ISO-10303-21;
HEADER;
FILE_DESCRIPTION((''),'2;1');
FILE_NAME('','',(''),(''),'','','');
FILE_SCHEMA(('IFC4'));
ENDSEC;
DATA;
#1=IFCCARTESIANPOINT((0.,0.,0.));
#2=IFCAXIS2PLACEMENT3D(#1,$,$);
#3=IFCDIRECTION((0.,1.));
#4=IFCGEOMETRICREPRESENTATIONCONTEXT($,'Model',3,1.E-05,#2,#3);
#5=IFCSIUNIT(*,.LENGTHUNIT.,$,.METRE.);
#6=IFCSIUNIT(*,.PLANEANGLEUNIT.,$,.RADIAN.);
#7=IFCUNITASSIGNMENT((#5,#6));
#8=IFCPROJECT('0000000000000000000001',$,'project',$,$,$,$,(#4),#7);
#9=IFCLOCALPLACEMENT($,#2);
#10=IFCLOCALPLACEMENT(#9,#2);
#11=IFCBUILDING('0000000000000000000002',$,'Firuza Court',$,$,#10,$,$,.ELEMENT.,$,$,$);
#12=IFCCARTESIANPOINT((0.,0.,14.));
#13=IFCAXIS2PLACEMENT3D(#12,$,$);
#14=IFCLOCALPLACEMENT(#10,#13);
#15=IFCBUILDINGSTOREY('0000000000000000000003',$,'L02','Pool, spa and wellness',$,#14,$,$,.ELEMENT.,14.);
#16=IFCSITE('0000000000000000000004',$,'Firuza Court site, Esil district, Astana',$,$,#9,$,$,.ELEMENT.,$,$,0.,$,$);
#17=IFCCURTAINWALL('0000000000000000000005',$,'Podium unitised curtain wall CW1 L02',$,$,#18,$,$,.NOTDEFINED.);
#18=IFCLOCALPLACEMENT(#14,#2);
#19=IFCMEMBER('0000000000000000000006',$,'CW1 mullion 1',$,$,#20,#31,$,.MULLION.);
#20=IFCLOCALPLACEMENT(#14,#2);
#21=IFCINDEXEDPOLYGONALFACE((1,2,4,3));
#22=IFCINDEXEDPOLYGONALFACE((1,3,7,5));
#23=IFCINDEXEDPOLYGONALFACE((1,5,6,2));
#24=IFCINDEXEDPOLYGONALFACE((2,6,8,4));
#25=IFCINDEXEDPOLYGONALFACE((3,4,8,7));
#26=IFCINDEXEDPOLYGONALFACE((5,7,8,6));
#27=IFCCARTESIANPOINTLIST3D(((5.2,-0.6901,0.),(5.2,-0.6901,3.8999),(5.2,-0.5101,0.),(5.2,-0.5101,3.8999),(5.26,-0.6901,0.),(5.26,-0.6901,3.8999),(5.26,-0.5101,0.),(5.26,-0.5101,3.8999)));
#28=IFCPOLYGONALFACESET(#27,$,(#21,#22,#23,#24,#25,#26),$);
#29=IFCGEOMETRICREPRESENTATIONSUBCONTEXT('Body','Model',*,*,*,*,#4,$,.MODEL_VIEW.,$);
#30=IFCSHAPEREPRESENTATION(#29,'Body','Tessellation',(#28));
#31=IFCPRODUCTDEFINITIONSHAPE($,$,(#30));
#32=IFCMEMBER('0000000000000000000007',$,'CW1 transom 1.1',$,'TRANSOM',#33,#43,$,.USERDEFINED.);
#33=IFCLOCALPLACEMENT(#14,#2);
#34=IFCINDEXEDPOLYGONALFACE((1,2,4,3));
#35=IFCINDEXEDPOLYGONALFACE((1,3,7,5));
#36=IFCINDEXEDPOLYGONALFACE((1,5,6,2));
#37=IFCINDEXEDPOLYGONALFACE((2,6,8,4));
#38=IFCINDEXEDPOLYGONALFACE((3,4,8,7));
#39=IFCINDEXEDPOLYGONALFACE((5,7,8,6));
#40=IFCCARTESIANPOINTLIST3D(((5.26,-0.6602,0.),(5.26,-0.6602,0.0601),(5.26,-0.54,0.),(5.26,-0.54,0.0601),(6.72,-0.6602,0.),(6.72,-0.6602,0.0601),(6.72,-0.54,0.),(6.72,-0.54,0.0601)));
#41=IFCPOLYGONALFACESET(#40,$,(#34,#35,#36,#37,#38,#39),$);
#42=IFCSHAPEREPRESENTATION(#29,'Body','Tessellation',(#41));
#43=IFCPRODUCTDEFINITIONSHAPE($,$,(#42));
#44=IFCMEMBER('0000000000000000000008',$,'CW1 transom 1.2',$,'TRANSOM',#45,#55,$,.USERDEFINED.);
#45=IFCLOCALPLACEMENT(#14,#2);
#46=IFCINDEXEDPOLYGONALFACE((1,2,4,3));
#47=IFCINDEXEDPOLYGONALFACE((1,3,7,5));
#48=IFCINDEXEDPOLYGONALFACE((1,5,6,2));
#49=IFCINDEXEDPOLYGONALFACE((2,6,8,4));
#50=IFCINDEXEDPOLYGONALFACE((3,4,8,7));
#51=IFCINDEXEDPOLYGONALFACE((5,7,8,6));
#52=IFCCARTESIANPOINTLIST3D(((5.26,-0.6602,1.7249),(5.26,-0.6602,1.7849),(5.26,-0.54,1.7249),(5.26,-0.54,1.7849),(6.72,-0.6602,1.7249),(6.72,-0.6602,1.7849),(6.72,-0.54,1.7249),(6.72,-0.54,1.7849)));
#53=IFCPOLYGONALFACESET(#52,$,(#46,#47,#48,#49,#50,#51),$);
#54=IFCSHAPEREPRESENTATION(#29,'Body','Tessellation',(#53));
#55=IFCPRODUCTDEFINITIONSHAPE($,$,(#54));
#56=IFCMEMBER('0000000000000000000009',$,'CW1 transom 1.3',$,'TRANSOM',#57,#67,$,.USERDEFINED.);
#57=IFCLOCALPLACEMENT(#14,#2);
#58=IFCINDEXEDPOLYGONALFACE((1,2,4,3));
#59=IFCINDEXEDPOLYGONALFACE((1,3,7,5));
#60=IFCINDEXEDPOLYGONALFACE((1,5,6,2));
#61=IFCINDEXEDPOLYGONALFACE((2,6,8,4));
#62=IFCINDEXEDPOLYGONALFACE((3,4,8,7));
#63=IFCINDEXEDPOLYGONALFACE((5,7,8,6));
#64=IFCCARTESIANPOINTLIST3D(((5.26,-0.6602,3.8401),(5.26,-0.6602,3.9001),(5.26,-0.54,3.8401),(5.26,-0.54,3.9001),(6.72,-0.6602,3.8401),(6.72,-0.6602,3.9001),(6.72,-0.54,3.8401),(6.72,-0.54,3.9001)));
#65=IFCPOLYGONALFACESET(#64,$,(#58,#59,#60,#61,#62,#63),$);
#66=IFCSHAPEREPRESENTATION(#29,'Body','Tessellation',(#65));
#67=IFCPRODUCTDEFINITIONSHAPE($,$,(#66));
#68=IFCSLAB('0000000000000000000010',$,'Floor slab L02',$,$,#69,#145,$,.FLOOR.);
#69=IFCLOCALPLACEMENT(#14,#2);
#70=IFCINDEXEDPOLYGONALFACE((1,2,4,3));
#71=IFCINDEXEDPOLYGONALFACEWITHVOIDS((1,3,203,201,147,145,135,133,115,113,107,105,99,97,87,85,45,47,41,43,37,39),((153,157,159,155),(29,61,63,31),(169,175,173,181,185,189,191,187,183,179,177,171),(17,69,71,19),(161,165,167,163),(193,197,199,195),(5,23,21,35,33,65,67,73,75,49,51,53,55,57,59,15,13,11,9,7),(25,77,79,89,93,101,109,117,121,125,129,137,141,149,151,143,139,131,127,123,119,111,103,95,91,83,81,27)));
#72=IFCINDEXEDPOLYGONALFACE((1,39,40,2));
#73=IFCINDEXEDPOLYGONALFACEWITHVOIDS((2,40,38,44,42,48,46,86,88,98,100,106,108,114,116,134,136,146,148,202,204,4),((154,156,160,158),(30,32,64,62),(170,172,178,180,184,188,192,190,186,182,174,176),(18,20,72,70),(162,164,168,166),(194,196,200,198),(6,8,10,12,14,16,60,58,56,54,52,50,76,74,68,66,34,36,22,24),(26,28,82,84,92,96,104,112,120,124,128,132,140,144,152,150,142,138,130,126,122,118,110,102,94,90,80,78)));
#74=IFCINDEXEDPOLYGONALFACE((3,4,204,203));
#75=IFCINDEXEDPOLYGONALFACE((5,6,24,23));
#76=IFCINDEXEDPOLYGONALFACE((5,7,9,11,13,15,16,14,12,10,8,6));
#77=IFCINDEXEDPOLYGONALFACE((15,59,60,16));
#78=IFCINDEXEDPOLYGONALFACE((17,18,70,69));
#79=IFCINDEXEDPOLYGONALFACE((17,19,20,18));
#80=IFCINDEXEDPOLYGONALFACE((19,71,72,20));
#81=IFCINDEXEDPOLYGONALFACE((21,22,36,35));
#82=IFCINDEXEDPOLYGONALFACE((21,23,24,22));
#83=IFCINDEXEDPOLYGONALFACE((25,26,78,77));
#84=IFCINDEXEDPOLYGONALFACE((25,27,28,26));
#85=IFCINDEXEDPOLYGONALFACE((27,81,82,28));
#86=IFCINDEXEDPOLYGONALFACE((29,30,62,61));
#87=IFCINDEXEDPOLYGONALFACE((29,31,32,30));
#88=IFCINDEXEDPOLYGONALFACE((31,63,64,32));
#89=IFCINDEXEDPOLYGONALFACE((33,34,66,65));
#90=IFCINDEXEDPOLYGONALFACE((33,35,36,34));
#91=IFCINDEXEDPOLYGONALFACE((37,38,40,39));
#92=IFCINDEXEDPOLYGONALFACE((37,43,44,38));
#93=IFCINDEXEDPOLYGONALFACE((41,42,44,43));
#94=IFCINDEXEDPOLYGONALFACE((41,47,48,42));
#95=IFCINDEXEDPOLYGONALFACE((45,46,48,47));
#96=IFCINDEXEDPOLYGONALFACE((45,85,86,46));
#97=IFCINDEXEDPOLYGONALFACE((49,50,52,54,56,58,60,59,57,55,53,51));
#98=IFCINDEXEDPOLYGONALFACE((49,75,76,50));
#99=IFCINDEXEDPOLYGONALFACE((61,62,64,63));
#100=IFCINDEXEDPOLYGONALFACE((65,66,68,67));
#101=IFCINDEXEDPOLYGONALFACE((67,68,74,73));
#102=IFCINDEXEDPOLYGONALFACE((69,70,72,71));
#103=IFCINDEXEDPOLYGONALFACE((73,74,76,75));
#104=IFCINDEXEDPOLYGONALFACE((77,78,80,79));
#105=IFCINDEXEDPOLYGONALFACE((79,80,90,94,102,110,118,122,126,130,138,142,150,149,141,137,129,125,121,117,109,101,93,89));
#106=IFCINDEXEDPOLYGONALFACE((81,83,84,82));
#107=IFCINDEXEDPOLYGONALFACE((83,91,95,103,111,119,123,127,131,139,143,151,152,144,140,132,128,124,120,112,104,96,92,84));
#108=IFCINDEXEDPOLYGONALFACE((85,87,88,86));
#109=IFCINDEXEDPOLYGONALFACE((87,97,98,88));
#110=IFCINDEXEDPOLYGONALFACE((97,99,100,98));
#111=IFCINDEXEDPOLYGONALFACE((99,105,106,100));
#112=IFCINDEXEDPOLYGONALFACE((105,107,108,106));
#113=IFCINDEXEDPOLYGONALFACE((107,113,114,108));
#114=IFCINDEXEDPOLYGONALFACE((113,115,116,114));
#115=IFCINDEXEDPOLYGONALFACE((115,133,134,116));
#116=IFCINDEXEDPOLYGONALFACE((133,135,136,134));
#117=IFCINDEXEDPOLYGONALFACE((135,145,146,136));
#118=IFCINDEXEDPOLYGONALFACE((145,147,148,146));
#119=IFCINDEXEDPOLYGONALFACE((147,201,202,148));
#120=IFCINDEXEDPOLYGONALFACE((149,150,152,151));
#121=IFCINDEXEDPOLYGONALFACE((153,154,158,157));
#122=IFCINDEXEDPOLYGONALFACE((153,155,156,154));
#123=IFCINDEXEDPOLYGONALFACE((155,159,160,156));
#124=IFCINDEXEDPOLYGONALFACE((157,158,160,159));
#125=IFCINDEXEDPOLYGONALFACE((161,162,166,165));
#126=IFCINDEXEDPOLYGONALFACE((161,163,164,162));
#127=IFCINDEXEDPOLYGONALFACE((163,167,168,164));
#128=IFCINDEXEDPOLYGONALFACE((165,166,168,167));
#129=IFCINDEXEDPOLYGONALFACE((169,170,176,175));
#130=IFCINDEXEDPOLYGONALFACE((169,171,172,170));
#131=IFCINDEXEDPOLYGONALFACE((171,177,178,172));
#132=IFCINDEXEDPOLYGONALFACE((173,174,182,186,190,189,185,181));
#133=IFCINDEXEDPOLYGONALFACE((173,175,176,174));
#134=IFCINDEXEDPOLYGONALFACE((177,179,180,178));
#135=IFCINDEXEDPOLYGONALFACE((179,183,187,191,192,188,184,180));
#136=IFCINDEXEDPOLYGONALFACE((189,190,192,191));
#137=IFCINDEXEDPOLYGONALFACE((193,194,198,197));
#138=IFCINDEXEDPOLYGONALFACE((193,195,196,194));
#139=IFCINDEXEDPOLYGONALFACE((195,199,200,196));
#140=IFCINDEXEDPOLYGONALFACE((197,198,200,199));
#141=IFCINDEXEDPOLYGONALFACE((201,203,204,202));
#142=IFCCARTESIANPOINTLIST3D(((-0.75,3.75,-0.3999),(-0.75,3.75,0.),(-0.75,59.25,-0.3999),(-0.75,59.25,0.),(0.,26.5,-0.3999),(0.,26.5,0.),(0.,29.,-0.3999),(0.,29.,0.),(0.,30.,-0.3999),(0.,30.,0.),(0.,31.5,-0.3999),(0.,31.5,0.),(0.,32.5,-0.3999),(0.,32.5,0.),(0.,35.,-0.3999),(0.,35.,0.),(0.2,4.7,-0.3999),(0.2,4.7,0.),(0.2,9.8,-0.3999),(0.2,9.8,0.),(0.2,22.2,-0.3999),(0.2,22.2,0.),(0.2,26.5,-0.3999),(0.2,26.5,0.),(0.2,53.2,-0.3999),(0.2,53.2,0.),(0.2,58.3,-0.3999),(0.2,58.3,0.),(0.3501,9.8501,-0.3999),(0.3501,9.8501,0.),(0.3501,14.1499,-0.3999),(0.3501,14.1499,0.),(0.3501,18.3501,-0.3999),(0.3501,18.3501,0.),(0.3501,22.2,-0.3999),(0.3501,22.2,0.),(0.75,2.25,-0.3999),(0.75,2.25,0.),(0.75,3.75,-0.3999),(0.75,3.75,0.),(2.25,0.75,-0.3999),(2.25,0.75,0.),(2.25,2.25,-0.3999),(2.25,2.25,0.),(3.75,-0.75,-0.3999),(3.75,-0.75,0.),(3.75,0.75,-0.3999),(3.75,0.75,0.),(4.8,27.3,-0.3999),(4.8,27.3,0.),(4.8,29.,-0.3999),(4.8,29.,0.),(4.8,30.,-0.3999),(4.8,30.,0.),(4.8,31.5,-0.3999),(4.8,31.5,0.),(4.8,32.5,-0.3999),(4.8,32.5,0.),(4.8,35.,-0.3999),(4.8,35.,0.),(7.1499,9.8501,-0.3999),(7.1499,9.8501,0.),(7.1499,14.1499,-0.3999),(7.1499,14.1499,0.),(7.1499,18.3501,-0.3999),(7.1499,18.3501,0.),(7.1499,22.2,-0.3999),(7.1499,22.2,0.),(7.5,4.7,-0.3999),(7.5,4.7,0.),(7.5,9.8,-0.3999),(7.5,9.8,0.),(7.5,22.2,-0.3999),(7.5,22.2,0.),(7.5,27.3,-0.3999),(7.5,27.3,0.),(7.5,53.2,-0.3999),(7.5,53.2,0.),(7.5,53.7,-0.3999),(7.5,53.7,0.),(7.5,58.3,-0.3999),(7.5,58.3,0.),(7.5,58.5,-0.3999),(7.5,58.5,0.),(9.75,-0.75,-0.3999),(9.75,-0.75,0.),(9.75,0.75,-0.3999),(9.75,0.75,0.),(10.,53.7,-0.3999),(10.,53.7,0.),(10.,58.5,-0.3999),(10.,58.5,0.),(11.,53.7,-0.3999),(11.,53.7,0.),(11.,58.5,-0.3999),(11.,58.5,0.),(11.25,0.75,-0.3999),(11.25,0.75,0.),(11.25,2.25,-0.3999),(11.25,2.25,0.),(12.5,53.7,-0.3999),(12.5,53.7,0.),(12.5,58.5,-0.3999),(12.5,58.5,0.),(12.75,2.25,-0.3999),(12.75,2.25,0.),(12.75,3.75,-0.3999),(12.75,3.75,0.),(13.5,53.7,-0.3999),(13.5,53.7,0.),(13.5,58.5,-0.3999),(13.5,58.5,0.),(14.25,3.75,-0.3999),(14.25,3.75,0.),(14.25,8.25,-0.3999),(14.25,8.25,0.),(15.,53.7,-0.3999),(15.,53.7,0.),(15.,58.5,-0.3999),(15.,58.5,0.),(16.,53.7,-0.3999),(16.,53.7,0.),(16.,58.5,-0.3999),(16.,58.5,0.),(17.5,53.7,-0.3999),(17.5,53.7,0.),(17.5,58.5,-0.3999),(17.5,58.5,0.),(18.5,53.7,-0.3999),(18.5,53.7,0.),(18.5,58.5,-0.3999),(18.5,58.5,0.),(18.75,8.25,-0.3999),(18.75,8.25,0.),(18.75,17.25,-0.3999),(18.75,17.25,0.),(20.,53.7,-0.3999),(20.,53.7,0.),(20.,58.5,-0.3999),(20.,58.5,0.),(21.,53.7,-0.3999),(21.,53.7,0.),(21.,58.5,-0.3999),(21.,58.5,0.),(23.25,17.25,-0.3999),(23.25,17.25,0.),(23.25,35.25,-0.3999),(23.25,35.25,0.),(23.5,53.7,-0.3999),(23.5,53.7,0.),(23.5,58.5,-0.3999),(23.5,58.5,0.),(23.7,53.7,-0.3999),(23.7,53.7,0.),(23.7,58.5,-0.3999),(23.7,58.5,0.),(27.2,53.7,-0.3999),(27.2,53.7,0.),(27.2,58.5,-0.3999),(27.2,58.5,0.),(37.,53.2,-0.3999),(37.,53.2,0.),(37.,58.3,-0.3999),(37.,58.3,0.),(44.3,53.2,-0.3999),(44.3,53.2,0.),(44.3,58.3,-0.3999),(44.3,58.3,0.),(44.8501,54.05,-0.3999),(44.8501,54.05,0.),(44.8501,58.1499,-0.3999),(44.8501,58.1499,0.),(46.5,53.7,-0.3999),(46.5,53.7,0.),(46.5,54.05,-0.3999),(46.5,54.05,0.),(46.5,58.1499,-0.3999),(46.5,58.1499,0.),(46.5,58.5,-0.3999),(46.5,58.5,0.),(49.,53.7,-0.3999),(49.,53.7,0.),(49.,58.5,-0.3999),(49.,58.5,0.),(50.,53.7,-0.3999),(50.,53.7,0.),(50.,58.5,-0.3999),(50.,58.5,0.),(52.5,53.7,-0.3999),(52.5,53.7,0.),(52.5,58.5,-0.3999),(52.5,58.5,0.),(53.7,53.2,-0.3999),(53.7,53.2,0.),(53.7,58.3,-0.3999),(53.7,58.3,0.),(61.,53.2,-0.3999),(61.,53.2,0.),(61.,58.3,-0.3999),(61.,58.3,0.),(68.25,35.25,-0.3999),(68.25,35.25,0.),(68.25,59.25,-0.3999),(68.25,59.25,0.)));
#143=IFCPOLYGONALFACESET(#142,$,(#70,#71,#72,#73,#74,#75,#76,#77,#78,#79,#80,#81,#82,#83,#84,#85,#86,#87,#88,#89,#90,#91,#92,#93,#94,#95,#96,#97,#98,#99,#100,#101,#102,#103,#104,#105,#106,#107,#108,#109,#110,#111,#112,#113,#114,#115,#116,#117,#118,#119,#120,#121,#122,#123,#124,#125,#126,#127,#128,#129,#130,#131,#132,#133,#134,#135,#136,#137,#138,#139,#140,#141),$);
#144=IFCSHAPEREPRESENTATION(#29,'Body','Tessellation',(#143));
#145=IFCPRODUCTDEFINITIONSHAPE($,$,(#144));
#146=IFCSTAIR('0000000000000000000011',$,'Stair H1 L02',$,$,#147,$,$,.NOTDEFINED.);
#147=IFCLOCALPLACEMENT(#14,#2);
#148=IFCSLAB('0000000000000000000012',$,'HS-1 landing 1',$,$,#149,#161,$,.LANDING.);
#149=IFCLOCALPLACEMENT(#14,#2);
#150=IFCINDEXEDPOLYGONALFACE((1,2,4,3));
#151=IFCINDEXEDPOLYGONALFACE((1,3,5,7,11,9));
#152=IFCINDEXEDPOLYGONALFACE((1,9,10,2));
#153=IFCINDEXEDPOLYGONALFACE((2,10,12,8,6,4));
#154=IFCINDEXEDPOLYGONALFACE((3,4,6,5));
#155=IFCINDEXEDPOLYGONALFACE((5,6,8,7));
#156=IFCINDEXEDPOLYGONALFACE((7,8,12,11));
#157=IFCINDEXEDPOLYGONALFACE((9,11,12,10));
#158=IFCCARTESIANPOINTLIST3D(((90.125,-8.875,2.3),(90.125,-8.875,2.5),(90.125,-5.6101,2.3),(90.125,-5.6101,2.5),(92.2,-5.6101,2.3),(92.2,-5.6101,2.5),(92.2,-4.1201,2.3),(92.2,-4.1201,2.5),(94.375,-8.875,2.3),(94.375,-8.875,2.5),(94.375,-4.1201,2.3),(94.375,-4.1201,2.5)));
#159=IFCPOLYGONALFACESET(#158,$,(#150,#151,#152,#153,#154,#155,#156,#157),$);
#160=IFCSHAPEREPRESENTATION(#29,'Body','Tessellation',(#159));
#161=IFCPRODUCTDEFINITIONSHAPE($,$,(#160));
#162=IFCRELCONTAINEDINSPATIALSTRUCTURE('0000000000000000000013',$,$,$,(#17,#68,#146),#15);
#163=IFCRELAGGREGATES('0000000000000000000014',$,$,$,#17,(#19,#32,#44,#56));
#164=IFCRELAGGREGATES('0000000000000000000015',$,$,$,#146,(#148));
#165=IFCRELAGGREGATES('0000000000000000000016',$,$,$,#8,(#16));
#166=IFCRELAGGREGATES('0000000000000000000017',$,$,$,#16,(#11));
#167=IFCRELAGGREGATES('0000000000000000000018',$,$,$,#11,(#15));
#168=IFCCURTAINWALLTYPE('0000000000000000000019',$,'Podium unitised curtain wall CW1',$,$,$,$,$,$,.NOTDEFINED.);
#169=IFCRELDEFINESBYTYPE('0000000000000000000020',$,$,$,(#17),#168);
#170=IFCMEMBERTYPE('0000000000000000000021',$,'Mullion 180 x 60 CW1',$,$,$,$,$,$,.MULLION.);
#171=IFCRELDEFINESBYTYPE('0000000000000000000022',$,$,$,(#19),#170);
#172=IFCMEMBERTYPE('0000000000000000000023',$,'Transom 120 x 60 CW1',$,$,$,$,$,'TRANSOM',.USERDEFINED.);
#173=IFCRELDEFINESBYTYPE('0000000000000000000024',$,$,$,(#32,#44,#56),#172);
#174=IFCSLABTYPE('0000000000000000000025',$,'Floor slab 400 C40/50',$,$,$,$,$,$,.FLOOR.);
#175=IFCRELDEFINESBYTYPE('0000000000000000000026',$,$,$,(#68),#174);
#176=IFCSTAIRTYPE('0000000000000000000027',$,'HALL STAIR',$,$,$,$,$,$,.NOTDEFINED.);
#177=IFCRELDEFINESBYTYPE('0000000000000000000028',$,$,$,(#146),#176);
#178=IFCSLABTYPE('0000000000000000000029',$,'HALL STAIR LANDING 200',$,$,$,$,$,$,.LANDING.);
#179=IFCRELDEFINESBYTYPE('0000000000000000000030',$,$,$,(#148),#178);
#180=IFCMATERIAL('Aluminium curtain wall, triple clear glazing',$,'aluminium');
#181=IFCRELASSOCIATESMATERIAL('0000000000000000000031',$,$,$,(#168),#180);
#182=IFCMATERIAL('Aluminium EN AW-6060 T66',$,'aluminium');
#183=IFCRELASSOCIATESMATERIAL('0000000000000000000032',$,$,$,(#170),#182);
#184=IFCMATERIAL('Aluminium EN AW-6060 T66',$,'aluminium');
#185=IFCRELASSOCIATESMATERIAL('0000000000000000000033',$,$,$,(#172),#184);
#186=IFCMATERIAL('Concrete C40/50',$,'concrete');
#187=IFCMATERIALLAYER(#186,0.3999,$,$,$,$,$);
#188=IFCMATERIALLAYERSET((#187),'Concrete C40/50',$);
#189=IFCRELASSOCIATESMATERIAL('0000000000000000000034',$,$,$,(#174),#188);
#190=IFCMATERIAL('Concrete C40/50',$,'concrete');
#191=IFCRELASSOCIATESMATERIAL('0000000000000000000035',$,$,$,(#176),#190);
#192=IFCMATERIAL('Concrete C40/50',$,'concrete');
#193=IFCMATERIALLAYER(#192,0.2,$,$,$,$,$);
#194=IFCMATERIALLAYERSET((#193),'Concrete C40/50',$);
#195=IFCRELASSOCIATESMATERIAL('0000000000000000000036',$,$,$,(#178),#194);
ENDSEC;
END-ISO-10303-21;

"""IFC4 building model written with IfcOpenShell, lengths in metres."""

from ifc_helpers import new_model, si_unit, direction, frame, origin, origin_2d, place, context, subcontext, project, spatial, polyline, rectangle, outline, extrude, material, layer, layer_set, material_profile, profile_set, type_object, element, aggregate, save


model = new_model("IFC4")

# Units and contexts
model_context = context("Model", 3, precision=1e-05, world=origin(), true_north=direction((0.0, 1.0)))
body_context = subcontext(model_context, "Body", "Model", "MODEL_VIEW")
ifc_project = project(units=[si_unit("LENGTHUNIT", "METRE"), si_unit("PLANEANGLEUNIT", "RADIAN")], contexts=[model_context])

# Site, building, storey
site_placement = place(None, origin())
site = spatial("IfcSite", under=ifc_project, at=site_placement, Name="Firuza Court site, Esil district, Astana", CompositionType="ELEMENT", RefElevation=0.0)
building_placement = place(site_placement, origin())
building = spatial("IfcBuilding", under=site, at=building_placement, Name="Firuza Court", CompositionType="ELEMENT")
storey_placement = place(building_placement, frame((0.0, 0.0, 14.0)))
storey = spatial("IfcBuildingStorey", under=building, at=storey_placement, Name="L02", Description="Pool, spa and wellness", CompositionType="ELEMENT", Elevation=14.0)

# Curtain wall, members
ifc_material_1 = material(Name="Aluminium curtain wall, triple clear glazing", Category="aluminium")
curtain_wall_type = type_object("IfcCurtainWallType", Name="Podium unitised curtain wall CW1", PredefinedType="NOTDEFINED", material=ifc_material_1)
curtain_wall_placement = place(storey_placement, origin())
curtain_wall = element("IfcCurtainWall", 1, at=curtain_wall_placement, inside=storey, type_object=curtain_wall_type, Name="Podium unitised curtain wall CW1 L02", PredefinedType="NOTDEFINED")
ifc_material_2 = material(Name="Aluminium EN AW-6060 T66", Category="aluminium")
ifc_material_profile_1 = material_profile(ifc_material_2, rectangle(XDim=0.1799, YDim=0.0601, at=origin_2d()), Name="Mullion 180 x 60 CW1")
ifc_profile_set_1 = profile_set([ifc_material_profile_1], Name="Aluminium EN AW-6060 T66")
member_type_1 = type_object("IfcMemberType", Name="Mullion 180 x 60 CW1", PredefinedType="MULLION", material=ifc_profile_set_1)
member_1_placement = place(storey_placement, frame((5.23, -0.6001, 0.0), z_axis=(0.0, 0.0, 1.0), x_axis=(0.0, 1.0, 0.0)))
member_1 = element("IfcMember", 2, at=member_1_placement, type_object=member_type_1, Name="CW1 mullion 1", PredefinedType="MULLION", context=body_context, shape_type="SweptSolid", body=[
    extrude(rectangle(XDim=0.1799, YDim=0.0601, at=origin_2d()), origin(), (0.0, 0.0, 1.0), 3.8999),
])
ifc_material_3 = material(Name="Aluminium EN AW-6060 T66", Category="aluminium")
ifc_material_profile_2 = material_profile(ifc_material_3, rectangle(XDim=0.1201, YDim=0.0601, at=origin_2d()), Name="Transom 120 x 60 CW1")
ifc_profile_set_2 = profile_set([ifc_material_profile_2], Name="Aluminium EN AW-6060 T66")
member_type_2 = type_object("IfcMemberType", Name="Transom 120 x 60 CW1", ElementType="TRANSOM", PredefinedType="USERDEFINED", material=ifc_profile_set_2)
member_2_placement = place(storey_placement, frame((5.26, -0.6001, 0.03), z_axis=(1.0, 0.0, 0.0), x_axis=(0.0, 1.0, 0.0)))
member_2 = element("IfcMember", 3, at=member_2_placement, type_object=member_type_2, Name="CW1 transom 1.1", ObjectType="TRANSOM", PredefinedType="USERDEFINED", context=body_context, shape_type="SweptSolid", body=[
    extrude(rectangle(XDim=0.1201, YDim=0.0601, at=origin_2d()), origin(), (0.0, 0.0, 1.0), 1.46),
])
member_3_placement = place(storey_placement, frame((5.26, -0.6001, 1.7549), z_axis=(1.0, 0.0, 0.0), x_axis=(0.0, 1.0, 0.0)))
member_3 = element("IfcMember", 4, at=member_3_placement, type_object=member_type_2, Name="CW1 transom 1.2", ObjectType="TRANSOM", PredefinedType="USERDEFINED", context=body_context, shape_type="SweptSolid", body=[
    extrude(rectangle(XDim=0.1201, YDim=0.0601, at=origin_2d()), origin(), (0.0, 0.0, 1.0), 1.46),
])
member_4_placement = place(storey_placement, frame((5.26, -0.6001, 3.8701), z_axis=(1.0, 0.0, 0.0), x_axis=(0.0, 1.0, 0.0)))
member_4 = element("IfcMember", 5, at=member_4_placement, type_object=member_type_2, Name="CW1 transom 1.3", ObjectType="TRANSOM", PredefinedType="USERDEFINED", context=body_context, shape_type="SweptSolid", body=[
    extrude(rectangle(XDim=0.1201, YDim=0.0601, at=origin_2d()), origin(), (0.0, 0.0, 1.0), 1.46),
])
aggregate(curtain_wall, [member_1, member_2, member_3, member_4])

# Slab
ifc_material_4 = material(Name="Concrete C40/50", Category="concrete")
ifc_layer_1 = layer(ifc_material_4, 0.3999)
ifc_layer_set_1 = layer_set([ifc_layer_1], Name="Concrete C40/50")
slab_type_1 = type_object("IfcSlabType", Name="Floor slab 400 C40/50", PredefinedType="FLOOR", material=ifc_layer_set_1)
slab_1_placement = place(storey_placement, frame((0.0, 0.0, -0.3999)))
element("IfcSlab", 6, at=slab_1_placement, inside=storey, type_object=slab_type_1, Name="Floor slab L02", PredefinedType="FLOOR", context=body_context, shape_type="SweptSolid", body=[
    extrude(outline(polyline([(3.75, -0.75), (3.75, 0.75), (2.25, 0.75), (2.25, 2.25), (0.75, 2.25), (0.75, 3.75), (-0.75, 3.75), (-0.75, 59.25), (68.25, 59.25), (68.25, 35.25), (23.25, 35.25), (23.25, 17.25), (18.75, 17.25), (18.75, 8.25), (14.25, 8.25), (14.25, 3.75), (12.75, 3.75), (12.75, 2.25), (11.25, 2.25), (11.25, 0.75), (9.75, 0.75), (9.75, -0.75), (3.75, -0.75)]), holes=[polyline([(7.5, 9.8), (0.2, 9.8), (0.2, 4.7), (7.5, 4.7), (7.5, 9.8)]), polyline([(7.1499, 14.1499), (0.3501, 14.1499), (0.3501, 9.8501), (7.1499, 9.8501), (7.1499, 14.1499)]), polyline([(0.2, 22.2), (0.3501, 22.2), (0.3501, 18.3501), (7.1499, 18.3501), (7.1499, 22.2), (7.5, 22.2), (7.5, 27.3), (4.8, 27.3), (4.8, 29.0), (4.8, 30.0), (4.8, 31.5), (4.8, 32.5), (4.8, 35.0), (0.0, 35.0), (0.0, 32.5), (0.0, 31.5), (0.0, 30.0), (0.0, 29.0), (0.0, 26.5), (0.2, 26.5), (0.2, 22.2)]), polyline([(7.5, 58.3), (0.2, 58.3), (0.2, 53.2), (7.5, 53.2), (7.5, 53.7), (10.0, 53.7), (11.0, 53.7), (12.5, 53.7), (13.5, 53.7), (15.0, 53.7), (16.0, 53.7), (17.5, 53.7), (18.5, 53.7), (20.0, 53.7), (21.0, 53.7), (23.5, 53.7), (23.5, 58.5), (21.0, 58.5), (20.0, 58.5), (18.5, 58.5), (17.5, 58.5), (16.0, 58.5), (15.0, 58.5), (13.5, 58.5), (12.5, 58.5), (11.0, 58.5), (10.0, 58.5), (7.5, 58.5), (7.5, 58.3)]), polyline([(44.3, 58.3), (37.0, 58.3), (37.0, 53.2), (44.3, 53.2), (44.3, 58.3)]), polyline([(61.0, 58.3), (53.7, 58.3), (53.7, 53.2), (61.0, 53.2), (61.0, 58.3)]), polyline([(27.2, 58.5), (23.7, 58.5), (23.7, 53.7), (27.2, 53.7), (27.2, 58.5)]), polyline([(46.5, 58.1499), (44.8501, 58.1499), (44.8501, 54.05), (46.5, 54.05), (46.5, 53.7), (49.0, 53.7), (50.0, 53.7), (52.5, 53.7), (52.5, 58.5), (50.0, 58.5), (49.0, 58.5), (46.5, 58.5), (46.5, 58.1499)])]), origin(), (0.0, 0.0, 1.0), 0.3999),
])

# Stair, slab
ifc_material_5 = material(Name="Concrete C40/50", Category="concrete")
stair_type_1 = type_object("IfcStairType", Name="HALL STAIR", PredefinedType="NOTDEFINED", material=ifc_material_5)
stair_1_placement = place(storey_placement, origin())
stair_1 = element("IfcStair", 7, at=stair_1_placement, inside=storey, type_object=stair_type_1, Name="Stair H1 L02", PredefinedType="NOTDEFINED")
ifc_material_6 = material(Name="Concrete C40/50", Category="concrete")
ifc_layer_2 = layer(ifc_material_6, 0.2)
ifc_layer_set_2 = layer_set([ifc_layer_2], Name="Concrete C40/50")
slab_type_2 = type_object("IfcSlabType", Name="HALL STAIR LANDING 200", PredefinedType="LANDING", material=ifc_layer_set_2)
slab_2_placement = place(storey_placement, frame((0.0, 0.0, 2.3)))
slab_2 = element("IfcSlab", 8, at=slab_2_placement, type_object=slab_type_2, Name="HS-1 landing 1", PredefinedType="LANDING", context=body_context, shape_type="SweptSolid", body=[
    extrude(outline(polyline([(90.125, -5.6101), (92.2, -5.6101), (92.2, -4.1201), (94.375, -4.1201), (94.375, -8.875), (90.125, -8.875), (90.125, -5.6101)])), origin(), (0.0, 0.0, 1.0), 0.2),
])
aggregate(stair_1, [slab_2])

save(model, "model.ifc")
